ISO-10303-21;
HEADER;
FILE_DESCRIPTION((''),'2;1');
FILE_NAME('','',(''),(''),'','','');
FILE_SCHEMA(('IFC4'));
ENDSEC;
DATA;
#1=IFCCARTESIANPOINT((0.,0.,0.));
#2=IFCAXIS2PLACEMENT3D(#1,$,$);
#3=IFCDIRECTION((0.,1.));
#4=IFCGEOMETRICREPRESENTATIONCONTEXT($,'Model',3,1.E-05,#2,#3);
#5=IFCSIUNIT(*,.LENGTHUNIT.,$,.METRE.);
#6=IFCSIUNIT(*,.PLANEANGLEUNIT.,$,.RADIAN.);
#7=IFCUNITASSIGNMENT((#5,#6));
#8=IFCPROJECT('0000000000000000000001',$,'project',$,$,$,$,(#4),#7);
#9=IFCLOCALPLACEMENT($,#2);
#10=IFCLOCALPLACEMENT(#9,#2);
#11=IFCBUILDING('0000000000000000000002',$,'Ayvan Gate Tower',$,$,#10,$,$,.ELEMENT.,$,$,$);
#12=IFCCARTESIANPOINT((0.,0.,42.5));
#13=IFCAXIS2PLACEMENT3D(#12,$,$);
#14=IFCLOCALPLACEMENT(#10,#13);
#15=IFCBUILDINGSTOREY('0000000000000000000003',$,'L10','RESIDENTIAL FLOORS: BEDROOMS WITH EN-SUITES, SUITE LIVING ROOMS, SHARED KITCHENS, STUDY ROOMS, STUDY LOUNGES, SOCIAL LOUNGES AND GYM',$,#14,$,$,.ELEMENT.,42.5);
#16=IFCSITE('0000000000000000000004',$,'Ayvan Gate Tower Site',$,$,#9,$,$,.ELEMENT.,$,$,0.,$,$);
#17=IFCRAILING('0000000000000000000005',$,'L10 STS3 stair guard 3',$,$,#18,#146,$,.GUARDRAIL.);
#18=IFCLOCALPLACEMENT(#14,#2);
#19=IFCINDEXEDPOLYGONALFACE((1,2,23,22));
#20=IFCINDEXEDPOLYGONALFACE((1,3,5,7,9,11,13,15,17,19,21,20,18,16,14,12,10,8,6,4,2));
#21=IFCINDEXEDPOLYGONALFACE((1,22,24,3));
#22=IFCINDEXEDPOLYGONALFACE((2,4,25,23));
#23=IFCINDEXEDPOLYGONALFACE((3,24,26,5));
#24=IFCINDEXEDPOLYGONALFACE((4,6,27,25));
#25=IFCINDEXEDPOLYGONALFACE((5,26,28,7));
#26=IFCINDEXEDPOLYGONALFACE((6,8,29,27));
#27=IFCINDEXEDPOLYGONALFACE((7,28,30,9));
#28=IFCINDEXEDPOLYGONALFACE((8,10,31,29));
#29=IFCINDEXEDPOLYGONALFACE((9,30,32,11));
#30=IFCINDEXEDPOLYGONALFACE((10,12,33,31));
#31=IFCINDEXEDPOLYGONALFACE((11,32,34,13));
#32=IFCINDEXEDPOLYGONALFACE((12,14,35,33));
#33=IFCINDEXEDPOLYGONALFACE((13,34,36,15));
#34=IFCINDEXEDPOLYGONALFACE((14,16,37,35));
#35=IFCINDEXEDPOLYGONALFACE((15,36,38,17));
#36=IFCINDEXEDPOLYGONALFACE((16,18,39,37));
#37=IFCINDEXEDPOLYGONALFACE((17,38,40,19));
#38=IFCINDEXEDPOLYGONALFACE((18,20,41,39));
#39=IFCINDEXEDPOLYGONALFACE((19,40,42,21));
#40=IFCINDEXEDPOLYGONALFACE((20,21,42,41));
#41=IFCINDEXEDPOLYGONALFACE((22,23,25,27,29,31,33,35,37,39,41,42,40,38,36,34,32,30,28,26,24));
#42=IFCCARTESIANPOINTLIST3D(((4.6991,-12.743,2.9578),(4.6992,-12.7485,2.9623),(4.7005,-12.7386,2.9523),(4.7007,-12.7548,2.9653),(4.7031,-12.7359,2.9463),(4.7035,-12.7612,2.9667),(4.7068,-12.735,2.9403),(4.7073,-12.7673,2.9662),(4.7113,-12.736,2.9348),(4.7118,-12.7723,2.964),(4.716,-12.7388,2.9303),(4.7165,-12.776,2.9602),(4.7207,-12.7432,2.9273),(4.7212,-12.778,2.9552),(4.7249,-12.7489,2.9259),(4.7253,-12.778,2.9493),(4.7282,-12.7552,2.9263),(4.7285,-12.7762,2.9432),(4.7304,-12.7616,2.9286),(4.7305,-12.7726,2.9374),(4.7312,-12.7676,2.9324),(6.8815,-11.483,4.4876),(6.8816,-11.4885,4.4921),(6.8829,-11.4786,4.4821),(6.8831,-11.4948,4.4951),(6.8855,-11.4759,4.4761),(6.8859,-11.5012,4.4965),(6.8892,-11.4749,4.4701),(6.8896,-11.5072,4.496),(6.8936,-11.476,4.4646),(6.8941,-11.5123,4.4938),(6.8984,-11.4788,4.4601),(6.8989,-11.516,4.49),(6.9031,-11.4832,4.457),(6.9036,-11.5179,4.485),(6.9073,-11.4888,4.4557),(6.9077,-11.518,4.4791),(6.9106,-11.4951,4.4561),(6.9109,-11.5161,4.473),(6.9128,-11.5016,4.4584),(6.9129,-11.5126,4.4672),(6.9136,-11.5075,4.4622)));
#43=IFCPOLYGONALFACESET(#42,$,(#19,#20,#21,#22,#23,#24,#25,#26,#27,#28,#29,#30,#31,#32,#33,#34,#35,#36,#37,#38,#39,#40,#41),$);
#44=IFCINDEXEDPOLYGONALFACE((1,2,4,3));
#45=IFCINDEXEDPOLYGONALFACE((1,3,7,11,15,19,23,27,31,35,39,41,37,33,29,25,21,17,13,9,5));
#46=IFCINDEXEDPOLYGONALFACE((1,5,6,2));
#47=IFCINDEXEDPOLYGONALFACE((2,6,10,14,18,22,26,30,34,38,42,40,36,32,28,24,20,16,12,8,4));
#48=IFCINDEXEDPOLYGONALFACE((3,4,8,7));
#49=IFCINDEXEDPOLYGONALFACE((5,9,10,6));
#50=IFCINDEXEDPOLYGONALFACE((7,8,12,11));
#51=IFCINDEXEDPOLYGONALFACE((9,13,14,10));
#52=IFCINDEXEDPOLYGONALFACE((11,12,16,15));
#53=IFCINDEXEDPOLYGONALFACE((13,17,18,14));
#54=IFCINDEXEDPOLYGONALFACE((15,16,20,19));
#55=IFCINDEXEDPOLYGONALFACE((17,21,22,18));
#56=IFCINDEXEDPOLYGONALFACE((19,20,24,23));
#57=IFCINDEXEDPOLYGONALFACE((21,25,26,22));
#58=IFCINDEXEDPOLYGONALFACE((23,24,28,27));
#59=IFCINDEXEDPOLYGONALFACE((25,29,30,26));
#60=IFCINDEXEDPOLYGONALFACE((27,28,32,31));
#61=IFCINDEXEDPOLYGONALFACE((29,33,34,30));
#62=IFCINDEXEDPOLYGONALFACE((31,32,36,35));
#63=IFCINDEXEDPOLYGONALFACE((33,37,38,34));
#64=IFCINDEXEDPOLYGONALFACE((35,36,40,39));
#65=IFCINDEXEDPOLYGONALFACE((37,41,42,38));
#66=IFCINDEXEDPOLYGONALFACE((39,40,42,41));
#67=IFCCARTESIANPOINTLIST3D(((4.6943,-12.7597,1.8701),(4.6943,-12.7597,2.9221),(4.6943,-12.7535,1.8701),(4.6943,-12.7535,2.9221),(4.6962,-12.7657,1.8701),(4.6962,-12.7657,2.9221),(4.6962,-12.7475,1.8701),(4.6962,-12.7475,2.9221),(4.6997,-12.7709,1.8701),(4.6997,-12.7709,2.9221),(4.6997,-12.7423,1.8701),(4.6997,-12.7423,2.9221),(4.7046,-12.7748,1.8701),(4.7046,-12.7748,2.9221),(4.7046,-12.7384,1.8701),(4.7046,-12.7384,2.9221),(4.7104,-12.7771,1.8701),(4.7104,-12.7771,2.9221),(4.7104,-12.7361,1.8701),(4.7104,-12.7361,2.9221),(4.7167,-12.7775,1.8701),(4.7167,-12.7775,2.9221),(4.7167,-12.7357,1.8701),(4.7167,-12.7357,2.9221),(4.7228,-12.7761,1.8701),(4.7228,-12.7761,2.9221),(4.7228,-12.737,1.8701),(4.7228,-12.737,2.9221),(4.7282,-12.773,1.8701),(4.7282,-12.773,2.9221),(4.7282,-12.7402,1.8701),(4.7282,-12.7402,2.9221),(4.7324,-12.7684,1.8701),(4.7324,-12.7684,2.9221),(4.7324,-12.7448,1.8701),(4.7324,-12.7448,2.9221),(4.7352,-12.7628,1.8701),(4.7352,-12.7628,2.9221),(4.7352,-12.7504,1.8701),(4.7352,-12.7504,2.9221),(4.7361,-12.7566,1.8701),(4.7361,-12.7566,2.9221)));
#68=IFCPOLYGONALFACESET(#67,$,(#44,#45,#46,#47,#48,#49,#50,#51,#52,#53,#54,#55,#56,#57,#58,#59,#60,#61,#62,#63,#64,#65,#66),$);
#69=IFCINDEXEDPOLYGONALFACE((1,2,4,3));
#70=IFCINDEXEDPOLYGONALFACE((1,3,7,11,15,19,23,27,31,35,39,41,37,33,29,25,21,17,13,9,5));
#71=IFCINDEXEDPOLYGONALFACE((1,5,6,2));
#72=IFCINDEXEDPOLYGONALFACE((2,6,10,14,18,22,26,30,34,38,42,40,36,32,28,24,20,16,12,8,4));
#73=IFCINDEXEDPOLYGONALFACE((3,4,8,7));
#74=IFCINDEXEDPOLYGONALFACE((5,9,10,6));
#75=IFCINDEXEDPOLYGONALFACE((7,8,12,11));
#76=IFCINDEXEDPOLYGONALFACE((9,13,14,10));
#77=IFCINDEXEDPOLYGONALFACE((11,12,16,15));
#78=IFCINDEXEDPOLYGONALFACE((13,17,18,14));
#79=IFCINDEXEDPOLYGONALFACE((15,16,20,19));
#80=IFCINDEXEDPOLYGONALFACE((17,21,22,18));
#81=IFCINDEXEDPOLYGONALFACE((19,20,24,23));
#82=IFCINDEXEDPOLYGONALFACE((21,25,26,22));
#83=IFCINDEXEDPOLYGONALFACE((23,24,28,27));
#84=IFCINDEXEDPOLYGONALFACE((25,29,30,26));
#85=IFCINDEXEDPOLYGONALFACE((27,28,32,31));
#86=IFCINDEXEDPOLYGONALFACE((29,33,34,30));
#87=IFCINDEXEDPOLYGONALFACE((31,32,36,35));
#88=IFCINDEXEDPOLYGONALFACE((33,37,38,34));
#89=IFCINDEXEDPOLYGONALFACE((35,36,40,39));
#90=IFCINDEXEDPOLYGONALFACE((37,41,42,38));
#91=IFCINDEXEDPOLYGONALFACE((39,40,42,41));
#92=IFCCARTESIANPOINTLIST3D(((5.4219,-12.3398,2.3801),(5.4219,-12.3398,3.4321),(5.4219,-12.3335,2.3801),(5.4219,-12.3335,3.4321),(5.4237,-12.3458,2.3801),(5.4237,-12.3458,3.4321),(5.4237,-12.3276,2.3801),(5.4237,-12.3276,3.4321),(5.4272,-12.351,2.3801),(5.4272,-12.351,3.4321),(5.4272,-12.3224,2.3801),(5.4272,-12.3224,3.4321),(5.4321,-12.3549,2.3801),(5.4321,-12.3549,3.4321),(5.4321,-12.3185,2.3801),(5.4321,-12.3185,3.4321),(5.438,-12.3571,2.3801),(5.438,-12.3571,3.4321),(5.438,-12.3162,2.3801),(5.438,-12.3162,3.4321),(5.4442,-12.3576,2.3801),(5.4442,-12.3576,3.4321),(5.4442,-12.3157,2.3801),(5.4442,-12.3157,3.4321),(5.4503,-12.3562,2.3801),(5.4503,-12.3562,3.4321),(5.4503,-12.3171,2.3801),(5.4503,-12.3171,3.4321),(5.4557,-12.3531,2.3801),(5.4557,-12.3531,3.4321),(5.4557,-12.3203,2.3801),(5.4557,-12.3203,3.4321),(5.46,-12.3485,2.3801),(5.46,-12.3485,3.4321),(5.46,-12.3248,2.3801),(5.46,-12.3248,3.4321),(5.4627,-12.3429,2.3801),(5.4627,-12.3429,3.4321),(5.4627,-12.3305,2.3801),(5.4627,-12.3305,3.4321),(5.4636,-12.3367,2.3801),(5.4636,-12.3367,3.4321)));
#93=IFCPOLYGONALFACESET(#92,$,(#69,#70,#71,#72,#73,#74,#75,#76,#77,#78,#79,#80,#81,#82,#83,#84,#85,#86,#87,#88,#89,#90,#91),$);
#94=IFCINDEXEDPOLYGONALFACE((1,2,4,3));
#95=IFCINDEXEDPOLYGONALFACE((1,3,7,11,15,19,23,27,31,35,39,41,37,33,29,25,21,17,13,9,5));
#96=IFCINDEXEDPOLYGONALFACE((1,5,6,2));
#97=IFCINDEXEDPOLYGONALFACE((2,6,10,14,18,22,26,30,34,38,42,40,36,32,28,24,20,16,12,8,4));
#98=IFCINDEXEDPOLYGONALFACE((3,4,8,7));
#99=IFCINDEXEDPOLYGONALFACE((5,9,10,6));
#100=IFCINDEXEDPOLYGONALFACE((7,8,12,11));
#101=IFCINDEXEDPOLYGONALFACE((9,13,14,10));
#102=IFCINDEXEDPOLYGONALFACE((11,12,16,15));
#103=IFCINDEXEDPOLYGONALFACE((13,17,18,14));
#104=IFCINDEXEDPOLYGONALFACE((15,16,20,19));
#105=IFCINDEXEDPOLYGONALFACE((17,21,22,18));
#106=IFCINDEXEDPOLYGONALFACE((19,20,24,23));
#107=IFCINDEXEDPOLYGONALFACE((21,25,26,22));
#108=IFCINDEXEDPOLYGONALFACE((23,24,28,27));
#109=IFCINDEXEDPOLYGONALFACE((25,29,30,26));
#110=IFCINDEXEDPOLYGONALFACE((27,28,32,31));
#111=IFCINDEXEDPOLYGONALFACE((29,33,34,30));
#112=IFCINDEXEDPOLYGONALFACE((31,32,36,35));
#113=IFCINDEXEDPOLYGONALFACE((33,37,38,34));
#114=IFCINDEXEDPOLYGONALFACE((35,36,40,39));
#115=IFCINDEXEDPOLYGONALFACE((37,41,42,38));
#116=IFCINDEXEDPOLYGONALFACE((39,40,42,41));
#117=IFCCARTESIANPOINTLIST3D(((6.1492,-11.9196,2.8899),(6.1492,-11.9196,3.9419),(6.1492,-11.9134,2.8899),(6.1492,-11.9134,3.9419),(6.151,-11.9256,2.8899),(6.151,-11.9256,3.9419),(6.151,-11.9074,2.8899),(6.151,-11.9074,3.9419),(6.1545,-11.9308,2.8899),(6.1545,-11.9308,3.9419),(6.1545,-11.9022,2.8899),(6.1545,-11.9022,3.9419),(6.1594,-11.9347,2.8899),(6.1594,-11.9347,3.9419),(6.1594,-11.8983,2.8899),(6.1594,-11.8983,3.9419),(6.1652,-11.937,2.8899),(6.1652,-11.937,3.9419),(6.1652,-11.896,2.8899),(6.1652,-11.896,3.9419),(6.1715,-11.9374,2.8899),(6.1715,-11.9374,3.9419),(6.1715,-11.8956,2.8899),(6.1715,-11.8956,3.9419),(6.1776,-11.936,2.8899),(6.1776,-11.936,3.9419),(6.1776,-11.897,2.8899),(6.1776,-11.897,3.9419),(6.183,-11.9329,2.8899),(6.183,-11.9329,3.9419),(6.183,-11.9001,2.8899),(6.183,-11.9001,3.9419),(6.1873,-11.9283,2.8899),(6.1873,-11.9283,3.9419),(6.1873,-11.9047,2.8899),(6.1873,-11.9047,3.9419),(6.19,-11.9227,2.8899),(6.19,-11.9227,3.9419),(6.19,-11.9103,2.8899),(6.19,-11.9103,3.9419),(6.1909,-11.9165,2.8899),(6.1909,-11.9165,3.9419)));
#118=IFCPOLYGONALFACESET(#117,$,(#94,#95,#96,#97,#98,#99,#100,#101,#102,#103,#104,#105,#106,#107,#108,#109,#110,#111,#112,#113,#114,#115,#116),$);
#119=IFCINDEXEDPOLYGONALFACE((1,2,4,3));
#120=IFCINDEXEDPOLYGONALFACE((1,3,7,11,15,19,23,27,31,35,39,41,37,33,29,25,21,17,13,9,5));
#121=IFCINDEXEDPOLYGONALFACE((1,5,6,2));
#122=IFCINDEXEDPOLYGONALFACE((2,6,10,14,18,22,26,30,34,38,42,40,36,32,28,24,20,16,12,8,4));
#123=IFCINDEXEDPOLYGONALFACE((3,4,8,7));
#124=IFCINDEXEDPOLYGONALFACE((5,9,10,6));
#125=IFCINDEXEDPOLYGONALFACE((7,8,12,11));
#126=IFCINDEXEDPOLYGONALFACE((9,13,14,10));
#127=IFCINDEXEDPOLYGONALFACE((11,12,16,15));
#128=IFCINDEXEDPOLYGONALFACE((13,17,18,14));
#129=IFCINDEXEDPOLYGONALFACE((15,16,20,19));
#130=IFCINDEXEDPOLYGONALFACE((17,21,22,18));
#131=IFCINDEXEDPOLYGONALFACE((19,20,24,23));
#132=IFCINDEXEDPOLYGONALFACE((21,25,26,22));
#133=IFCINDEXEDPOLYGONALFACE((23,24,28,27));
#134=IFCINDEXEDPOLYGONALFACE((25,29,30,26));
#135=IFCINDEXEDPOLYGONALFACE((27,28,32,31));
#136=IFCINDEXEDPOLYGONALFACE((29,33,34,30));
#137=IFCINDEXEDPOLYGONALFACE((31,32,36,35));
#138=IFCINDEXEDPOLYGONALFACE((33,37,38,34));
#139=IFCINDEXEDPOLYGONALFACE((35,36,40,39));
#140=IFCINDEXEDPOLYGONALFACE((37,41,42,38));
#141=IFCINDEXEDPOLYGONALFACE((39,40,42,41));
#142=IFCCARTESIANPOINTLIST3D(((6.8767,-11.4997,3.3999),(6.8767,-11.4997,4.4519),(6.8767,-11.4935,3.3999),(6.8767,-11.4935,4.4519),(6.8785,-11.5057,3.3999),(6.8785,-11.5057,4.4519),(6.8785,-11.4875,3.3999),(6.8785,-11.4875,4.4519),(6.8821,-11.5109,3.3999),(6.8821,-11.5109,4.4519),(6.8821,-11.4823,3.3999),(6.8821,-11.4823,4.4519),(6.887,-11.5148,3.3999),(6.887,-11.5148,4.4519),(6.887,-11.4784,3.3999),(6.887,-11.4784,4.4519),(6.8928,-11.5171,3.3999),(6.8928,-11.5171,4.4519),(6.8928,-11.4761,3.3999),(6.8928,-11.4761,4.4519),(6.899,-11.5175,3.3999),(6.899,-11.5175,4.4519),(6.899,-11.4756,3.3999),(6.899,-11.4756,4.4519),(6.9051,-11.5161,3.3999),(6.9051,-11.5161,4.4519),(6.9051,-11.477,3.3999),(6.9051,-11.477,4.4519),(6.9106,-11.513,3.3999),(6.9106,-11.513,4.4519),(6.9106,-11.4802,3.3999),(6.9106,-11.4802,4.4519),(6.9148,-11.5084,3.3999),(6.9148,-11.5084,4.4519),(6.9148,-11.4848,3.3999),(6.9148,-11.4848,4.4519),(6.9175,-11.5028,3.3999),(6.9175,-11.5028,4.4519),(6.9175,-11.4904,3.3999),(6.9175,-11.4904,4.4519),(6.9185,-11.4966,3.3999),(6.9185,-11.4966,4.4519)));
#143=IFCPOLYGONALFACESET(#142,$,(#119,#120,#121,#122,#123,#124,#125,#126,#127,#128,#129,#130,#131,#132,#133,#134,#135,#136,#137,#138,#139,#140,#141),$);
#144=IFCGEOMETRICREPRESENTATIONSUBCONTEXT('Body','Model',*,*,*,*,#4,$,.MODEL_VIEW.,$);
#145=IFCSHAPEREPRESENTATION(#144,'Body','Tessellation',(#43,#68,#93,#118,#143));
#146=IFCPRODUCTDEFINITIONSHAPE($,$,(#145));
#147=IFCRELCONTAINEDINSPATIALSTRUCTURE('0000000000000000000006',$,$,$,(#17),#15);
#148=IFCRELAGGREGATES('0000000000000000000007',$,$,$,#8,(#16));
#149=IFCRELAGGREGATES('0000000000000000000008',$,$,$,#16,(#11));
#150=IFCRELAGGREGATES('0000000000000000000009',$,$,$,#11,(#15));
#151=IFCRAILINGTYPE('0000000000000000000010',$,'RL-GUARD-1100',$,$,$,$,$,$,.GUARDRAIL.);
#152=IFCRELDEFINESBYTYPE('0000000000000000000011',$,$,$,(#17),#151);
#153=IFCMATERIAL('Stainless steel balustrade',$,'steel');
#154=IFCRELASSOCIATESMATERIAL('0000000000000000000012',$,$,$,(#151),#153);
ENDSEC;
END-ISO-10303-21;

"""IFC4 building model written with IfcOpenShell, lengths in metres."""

from ifc_helpers import new_model, si_unit, direction, frame, origin, origin_2d, place, context, subcontext, project, spatial, circle, extrude, material, type_object, element, save


model = new_model("IFC4")

# Units and contexts
model_context = context("Model", 3, precision=1e-05, world=origin(), true_north=direction((0.0, 1.0)))
body_context = subcontext(model_context, "Body", "Model", "MODEL_VIEW")
ifc_project = project(units=[si_unit("LENGTHUNIT", "METRE"), si_unit("PLANEANGLEUNIT", "RADIAN")], contexts=[model_context])

# Site, building, storey
site_placement = place(None, origin())
site = spatial("IfcSite", under=ifc_project, at=site_placement, Name="Ayvan Gate Tower Site", CompositionType="ELEMENT", RefElevation=0.0)
building_placement = place(site_placement, origin())
building = spatial("IfcBuilding", under=site, at=building_placement, Name="Ayvan Gate Tower", CompositionType="ELEMENT")
storey_placement = place(building_placement, frame((0.0, 0.0, 42.5)))
storey = spatial("IfcBuildingStorey", under=building, at=storey_placement, Name="L10", Description="RESIDENTIAL FLOORS: BEDROOMS WITH EN-SUITES, SUITE LIVING ROOMS, SHARED KITCHENS, STUDY ROOMS, STUDY LOUNGES, SOCIAL LOUNGES AND GYM", CompositionType="ELEMENT", Elevation=42.5)

# Railing
ifc_material_1 = material(Name="Stainless steel balustrade", Category="steel")
railing_type_1 = type_object("IfcRailingType", Name="RL-GUARD-1100", PredefinedType="GUARDRAIL", material=ifc_material_1)
railing_1_placement = place(storey_placement, frame((4.7151, -12.7566, 1.8701)))
element("IfcRailing", 1, at=railing_1_placement, inside=storey, type_object=railing_type_1, Name="L10 STS3 stair guard 3", PredefinedType="GUARDRAIL", context=body_context, shape_type="SweptSolid", body=[
    extrude(circle(Radius=0.0239, at=origin_2d()), frame((0.0, 0.0, 1.0762), z_axis=(0.740293, 0.427414, 0.518926), x_axis=(-0.500005, 0.866023, 0.0)), (0.0, 0.0, 1.0), 2.948),
    extrude(circle(Radius=0.021, at=origin_2d()), origin(), (0.0, 0.0, 1.0), 1.052),
    extrude(circle(Radius=0.021, at=origin_2d()), frame((0.7275, 0.4199, 0.51)), (0.0, 0.0, 1.0), 1.052),
    extrude(circle(Radius=0.021, at=origin_2d()), frame((1.4548, 0.8401, 1.0198)), (0.0, 0.0, 1.0), 1.052),
    extrude(circle(Radius=0.021, at=origin_2d()), frame((2.1824, 1.26, 1.5298)), (0.0, 0.0, 1.0), 1.052),
])

save(model, "model.ifc")
